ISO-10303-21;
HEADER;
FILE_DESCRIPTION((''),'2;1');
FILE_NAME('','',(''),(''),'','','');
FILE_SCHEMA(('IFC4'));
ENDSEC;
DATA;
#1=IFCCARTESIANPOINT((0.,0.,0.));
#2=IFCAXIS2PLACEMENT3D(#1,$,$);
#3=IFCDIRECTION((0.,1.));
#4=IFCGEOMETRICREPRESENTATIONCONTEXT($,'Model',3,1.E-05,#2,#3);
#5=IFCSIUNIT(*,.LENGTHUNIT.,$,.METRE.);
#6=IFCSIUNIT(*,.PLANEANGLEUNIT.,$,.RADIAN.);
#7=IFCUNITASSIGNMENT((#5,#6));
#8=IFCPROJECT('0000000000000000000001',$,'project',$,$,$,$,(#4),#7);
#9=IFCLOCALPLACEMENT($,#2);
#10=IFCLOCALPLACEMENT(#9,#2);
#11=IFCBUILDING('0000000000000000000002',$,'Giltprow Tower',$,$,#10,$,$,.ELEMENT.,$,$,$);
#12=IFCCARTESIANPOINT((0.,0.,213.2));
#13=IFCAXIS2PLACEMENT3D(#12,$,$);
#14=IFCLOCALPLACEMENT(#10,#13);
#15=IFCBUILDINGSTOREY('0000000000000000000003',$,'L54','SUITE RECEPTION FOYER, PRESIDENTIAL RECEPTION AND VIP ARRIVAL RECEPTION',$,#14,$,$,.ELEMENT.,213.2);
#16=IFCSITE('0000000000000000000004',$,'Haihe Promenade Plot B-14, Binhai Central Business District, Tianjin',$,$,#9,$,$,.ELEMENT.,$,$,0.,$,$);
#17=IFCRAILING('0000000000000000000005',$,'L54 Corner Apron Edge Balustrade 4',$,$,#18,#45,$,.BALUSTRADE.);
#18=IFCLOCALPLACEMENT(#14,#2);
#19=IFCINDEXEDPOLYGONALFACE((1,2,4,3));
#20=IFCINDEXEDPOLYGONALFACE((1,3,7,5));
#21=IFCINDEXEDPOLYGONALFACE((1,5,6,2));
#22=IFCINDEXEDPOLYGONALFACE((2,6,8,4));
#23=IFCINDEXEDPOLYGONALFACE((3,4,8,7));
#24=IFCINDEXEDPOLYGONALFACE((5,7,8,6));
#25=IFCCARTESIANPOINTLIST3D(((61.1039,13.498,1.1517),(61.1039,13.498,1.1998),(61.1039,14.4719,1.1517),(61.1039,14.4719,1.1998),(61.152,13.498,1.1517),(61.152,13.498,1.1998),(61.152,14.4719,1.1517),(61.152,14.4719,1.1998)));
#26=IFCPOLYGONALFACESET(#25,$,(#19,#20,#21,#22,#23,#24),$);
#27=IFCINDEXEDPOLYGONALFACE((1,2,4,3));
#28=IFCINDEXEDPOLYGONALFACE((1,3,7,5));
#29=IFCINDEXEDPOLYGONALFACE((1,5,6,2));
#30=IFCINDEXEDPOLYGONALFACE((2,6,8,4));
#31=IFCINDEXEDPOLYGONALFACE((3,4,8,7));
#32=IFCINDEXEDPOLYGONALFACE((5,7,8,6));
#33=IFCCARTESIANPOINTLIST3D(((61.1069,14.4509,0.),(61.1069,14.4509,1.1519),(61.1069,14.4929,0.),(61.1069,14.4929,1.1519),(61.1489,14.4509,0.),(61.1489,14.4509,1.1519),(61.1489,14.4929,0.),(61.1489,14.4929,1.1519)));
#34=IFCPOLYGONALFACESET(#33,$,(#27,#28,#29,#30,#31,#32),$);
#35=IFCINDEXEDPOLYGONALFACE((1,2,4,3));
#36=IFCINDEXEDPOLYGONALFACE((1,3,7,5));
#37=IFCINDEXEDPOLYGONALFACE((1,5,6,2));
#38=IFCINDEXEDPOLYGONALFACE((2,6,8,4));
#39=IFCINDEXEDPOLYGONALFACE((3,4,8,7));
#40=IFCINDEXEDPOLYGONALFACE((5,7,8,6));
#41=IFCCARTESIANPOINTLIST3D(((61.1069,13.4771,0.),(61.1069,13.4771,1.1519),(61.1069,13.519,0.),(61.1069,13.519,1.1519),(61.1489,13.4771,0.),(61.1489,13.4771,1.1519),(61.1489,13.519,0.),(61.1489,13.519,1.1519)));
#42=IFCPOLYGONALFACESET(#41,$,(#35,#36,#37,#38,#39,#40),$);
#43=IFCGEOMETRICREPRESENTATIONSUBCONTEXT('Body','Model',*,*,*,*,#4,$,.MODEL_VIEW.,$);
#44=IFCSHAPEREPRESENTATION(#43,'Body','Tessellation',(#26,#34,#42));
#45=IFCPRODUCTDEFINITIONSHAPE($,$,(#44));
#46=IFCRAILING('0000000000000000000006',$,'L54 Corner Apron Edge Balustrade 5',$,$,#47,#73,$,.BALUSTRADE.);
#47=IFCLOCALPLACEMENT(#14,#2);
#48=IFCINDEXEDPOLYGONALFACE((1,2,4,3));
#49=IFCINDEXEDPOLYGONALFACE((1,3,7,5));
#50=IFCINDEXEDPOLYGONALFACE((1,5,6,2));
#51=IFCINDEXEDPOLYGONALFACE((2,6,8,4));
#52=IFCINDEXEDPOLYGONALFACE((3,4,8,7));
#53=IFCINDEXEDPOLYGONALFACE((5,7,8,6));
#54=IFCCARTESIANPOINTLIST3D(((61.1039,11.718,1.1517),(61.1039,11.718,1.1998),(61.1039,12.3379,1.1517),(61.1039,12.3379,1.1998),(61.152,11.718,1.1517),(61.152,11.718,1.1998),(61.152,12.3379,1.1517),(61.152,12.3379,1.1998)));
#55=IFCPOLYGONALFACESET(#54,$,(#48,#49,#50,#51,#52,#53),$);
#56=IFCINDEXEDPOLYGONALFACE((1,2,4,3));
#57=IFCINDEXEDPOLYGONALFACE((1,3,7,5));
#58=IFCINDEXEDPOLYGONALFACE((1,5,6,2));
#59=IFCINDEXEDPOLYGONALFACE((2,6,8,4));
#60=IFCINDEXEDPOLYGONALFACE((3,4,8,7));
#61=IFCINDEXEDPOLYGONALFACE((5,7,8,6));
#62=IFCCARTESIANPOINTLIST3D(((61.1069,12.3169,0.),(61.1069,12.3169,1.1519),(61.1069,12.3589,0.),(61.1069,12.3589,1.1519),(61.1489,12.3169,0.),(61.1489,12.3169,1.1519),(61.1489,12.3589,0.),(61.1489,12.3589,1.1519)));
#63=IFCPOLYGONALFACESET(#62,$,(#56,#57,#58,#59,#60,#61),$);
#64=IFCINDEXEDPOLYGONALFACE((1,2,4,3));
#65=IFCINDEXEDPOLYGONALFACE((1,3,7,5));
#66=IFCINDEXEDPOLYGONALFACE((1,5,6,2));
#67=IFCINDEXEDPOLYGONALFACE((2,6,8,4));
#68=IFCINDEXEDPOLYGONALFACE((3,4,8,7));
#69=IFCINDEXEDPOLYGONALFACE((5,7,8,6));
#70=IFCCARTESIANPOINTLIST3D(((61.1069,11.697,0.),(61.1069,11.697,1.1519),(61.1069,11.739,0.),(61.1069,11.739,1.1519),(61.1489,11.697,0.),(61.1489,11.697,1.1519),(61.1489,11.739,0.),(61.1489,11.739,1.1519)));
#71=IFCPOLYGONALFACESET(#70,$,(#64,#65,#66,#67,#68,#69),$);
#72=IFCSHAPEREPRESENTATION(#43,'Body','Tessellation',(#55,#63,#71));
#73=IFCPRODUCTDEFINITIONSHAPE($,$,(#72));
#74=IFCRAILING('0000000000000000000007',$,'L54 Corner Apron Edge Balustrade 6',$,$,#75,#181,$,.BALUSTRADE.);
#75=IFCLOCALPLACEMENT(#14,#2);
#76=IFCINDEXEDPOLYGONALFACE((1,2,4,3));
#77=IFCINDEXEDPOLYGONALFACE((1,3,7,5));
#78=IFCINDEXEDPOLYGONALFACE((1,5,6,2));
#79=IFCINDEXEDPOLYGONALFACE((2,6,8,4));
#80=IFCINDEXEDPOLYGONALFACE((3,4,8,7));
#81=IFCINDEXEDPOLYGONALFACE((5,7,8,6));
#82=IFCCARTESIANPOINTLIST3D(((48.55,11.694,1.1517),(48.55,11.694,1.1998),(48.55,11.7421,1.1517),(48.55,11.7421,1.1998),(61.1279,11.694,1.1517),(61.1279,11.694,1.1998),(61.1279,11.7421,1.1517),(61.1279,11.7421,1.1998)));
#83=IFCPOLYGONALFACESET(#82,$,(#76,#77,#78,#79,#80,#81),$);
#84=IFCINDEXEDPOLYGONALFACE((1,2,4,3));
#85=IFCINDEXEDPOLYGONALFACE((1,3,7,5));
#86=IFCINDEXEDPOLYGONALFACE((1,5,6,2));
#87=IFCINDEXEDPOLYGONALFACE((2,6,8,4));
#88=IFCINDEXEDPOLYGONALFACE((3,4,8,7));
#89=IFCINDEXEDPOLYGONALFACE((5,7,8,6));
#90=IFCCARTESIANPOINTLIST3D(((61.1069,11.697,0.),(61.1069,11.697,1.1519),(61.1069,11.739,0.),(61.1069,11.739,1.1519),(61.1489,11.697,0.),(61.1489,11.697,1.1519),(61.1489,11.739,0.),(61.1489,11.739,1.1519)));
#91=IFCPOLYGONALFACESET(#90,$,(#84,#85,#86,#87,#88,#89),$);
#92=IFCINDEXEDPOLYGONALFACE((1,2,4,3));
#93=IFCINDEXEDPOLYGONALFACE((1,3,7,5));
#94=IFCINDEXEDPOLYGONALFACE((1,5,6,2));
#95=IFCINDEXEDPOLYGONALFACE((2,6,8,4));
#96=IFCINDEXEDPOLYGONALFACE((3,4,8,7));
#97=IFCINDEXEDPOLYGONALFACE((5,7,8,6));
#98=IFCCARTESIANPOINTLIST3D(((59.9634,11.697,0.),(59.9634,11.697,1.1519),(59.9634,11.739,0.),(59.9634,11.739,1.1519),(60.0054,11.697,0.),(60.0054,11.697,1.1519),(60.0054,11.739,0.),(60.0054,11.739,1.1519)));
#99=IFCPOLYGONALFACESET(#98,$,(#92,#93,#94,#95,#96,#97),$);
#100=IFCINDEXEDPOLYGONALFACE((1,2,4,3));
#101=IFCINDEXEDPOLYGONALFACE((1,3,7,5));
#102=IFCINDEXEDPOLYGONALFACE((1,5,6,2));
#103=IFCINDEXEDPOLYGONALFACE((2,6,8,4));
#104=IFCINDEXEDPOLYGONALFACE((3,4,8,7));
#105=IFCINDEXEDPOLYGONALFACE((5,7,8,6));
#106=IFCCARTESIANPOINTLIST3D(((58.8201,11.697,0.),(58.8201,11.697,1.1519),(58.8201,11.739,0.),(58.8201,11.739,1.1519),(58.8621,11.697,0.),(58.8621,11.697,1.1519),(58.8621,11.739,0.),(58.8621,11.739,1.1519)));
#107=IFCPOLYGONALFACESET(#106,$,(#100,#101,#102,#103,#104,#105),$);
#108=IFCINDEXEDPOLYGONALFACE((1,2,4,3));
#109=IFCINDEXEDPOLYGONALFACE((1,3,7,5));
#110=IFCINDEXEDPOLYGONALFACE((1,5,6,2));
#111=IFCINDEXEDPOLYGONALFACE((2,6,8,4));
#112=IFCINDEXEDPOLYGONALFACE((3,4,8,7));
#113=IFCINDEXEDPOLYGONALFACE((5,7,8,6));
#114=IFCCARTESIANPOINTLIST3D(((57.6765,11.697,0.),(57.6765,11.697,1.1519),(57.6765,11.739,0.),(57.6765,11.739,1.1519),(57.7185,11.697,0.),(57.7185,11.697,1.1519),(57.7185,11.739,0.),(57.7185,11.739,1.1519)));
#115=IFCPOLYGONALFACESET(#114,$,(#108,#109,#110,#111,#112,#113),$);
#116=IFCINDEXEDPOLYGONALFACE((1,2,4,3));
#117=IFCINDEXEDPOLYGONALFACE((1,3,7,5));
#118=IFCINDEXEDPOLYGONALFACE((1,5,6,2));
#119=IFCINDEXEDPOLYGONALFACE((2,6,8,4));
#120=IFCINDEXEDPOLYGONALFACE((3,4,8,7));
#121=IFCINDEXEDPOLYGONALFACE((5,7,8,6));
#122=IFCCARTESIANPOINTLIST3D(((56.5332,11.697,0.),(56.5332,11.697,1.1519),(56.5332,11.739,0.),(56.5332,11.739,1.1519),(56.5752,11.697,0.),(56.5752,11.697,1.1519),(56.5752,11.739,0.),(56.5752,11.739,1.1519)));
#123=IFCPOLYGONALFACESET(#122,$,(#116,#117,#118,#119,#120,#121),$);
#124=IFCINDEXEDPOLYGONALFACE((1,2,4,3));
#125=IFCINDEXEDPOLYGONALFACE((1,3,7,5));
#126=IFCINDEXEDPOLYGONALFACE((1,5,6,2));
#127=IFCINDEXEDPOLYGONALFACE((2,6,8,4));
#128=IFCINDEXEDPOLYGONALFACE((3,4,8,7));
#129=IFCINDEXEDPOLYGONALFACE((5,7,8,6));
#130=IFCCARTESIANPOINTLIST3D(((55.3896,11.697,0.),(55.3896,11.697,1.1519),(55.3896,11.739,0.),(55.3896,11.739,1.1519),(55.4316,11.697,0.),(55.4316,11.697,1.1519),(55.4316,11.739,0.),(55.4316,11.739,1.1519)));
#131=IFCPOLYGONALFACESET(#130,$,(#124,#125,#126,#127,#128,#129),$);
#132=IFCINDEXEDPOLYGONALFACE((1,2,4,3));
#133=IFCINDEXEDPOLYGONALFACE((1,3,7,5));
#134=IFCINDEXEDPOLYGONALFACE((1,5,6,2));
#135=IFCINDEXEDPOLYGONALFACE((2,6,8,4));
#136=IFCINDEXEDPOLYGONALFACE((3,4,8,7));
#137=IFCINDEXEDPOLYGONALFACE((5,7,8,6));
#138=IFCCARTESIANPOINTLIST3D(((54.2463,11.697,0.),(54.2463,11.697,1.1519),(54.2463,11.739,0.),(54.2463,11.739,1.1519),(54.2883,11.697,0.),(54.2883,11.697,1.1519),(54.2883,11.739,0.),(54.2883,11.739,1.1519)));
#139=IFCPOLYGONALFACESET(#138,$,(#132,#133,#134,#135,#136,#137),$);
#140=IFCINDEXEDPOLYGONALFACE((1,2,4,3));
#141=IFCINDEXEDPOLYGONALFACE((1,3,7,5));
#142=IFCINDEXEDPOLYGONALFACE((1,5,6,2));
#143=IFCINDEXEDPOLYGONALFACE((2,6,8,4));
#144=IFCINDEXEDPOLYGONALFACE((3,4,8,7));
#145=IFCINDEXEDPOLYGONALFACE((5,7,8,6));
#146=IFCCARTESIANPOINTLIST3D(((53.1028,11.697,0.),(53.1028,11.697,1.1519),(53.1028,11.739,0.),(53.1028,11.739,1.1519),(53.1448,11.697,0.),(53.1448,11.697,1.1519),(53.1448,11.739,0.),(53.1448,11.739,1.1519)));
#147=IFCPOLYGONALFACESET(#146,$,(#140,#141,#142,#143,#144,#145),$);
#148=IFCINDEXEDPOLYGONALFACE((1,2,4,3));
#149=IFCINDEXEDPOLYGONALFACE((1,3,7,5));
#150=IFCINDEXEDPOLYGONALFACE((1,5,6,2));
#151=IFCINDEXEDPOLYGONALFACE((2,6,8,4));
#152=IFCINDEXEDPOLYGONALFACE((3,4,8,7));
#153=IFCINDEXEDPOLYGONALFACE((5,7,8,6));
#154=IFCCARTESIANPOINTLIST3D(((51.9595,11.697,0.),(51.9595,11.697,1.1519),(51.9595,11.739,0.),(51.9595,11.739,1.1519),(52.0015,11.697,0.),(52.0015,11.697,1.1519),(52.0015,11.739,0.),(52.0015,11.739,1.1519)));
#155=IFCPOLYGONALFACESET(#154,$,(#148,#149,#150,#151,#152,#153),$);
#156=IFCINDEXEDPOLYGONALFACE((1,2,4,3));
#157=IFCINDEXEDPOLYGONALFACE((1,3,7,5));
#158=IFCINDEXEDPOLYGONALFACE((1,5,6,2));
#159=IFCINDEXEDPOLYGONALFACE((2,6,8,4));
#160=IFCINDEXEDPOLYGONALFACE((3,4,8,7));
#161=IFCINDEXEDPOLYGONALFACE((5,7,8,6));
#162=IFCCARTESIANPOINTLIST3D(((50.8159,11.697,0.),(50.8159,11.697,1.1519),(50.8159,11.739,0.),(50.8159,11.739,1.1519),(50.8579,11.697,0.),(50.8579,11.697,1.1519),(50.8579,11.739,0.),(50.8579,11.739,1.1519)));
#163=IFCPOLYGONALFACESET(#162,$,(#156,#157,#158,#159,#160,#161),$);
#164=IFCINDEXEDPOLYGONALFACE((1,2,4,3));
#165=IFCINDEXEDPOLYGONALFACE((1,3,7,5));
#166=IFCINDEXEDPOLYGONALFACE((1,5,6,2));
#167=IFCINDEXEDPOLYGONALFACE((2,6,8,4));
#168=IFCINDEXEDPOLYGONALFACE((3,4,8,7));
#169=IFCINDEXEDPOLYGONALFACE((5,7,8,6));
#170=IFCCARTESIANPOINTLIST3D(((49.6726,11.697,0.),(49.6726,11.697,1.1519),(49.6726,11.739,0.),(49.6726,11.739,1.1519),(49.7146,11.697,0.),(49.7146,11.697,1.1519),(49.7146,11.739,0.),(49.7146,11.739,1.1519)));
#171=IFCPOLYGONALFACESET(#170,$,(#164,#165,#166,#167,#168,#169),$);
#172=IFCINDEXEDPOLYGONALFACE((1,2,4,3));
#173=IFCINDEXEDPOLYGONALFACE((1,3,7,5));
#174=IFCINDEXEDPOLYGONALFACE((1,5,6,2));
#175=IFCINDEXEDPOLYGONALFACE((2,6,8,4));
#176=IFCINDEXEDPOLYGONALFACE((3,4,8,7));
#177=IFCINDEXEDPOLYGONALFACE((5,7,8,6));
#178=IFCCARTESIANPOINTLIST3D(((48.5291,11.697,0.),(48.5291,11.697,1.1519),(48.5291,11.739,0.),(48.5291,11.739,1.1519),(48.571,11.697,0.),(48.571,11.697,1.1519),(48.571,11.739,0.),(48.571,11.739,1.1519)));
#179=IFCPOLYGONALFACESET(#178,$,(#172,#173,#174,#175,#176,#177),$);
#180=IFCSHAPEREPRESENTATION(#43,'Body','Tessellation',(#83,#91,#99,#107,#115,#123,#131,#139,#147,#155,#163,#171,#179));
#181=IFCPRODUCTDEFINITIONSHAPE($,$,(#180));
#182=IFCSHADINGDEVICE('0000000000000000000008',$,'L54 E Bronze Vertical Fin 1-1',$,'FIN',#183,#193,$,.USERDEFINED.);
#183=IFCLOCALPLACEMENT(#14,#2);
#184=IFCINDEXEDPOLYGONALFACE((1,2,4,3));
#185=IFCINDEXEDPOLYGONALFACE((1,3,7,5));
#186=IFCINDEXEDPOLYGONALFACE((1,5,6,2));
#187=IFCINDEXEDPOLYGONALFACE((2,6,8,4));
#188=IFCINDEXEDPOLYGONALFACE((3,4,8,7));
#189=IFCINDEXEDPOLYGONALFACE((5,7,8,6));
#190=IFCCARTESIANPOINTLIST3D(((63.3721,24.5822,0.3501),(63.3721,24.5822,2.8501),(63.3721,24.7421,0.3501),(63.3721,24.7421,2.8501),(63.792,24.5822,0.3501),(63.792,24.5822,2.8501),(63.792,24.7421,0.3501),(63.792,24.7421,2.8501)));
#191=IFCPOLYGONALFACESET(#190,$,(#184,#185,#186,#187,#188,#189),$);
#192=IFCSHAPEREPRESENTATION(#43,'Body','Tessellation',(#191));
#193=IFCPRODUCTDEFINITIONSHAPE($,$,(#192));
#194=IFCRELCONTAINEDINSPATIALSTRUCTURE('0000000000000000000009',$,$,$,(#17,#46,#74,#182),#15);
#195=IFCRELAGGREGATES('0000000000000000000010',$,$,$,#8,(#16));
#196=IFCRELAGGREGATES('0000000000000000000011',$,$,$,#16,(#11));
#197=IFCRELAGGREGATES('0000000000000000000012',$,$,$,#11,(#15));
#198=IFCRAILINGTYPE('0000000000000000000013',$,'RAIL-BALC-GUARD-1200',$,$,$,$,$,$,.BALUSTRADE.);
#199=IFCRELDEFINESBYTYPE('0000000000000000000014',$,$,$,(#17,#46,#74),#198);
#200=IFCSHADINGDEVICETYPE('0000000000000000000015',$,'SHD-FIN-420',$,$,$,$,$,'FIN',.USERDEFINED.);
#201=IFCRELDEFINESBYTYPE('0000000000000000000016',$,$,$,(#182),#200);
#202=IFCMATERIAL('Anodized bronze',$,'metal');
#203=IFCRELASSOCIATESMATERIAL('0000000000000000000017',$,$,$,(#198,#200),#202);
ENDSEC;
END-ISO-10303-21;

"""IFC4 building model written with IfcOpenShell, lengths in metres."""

from ifc_helpers import new_model, si_unit, direction, frame, origin, origin_2d, place, context, subcontext, project, spatial, rectangle, extrude, source, transform, mapped, material, type_object, element, save


model = new_model("IFC4")

# Units and contexts
model_context = context("Model", 3, precision=1e-05, world=origin(), true_north=direction((0.0, 1.0)))
body_context = subcontext(model_context, "Body", "Model", "MODEL_VIEW")
ifc_project = project(units=[si_unit("LENGTHUNIT", "METRE"), si_unit("PLANEANGLEUNIT", "RADIAN")], contexts=[model_context])

# Site, building, storey
site_placement = place(None, origin())
site = spatial("IfcSite", under=ifc_project, at=site_placement, Name="Haihe Promenade Plot B-14, Binhai Central Business District, Tianjin", CompositionType="ELEMENT", RefElevation=0.0)
building_placement = place(site_placement, origin())
building = spatial("IfcBuilding", under=site, at=building_placement, Name="Giltprow Tower", CompositionType="ELEMENT")
storey_placement = place(building_placement, frame((0.0, 0.0, 213.2)))
storey = spatial("IfcBuildingStorey", under=building, at=storey_placement, Name="L54", Description="SUITE RECEPTION FOYER, PRESIDENTIAL RECEPTION AND VIP ARRIVAL RECEPTION", CompositionType="ELEMENT", Elevation=213.2)

# Shared definitions
ifc_material_1 = material(Name="Anodized bronze", Category="metal")

# Railings
railing_type = type_object("IfcRailingType", Name="RAIL-BALC-GUARD-1200", PredefinedType="BALUSTRADE", material=ifc_material_1)
railing_1_placement = place(storey_placement, frame((61.1279, 14.4719, 0.0)))
element("IfcRailing", 1, at=railing_1_placement, inside=storey, type_object=railing_type, Name="L54 Corner Apron Edge Balustrade 4", PredefinedType="BALUSTRADE", context=body_context, shape_type="SweptSolid", body=[
    extrude(rectangle(XDim=0.0481, YDim=0.0481, at=origin_2d()), frame((0.0, 0.0, 1.1758), z_axis=(0.0, -1.0, 0.0), x_axis=(1.0, 0.0, 0.0)), (0.0, 0.0, 1.0), 0.9739),
    extrude(rectangle(XDim=0.042, YDim=0.042, at=origin_2d()), origin(), (0.0, 0.0, 1.0), 1.1519),
    extrude(rectangle(XDim=0.042, YDim=0.042, at=origin_2d()), frame((0.0, -0.9739, 0.0)), (0.0, 0.0, 1.0), 1.1519),
])
railing_2_placement = place(storey_placement, frame((61.1279, 12.3379, 0.0)))
element("IfcRailing", 2, at=railing_2_placement, inside=storey, type_object=railing_type, Name="L54 Corner Apron Edge Balustrade 5", PredefinedType="BALUSTRADE", context=body_context, shape_type="SweptSolid", body=[
    extrude(rectangle(XDim=0.0481, YDim=0.0481, at=origin_2d()), frame((0.0, 0.0, 1.1758), z_axis=(0.0, -1.0, 0.0), x_axis=(1.0, 0.0, 0.0)), (0.0, 0.0, 1.0), 0.6199),
    extrude(rectangle(XDim=0.042, YDim=0.042, at=origin_2d()), origin(), (0.0, 0.0, 1.0), 1.1519),
    extrude(rectangle(XDim=0.042, YDim=0.042, at=origin_2d()), frame((0.0, -0.6199, 0.0)), (0.0, 0.0, 1.0), 1.1519),
])
railing_3_placement = place(storey_placement, frame((61.1279, 11.718, 0.0)))
element("IfcRailing", 3, at=railing_3_placement, inside=storey, type_object=railing_type, Name="L54 Corner Apron Edge Balustrade 6", PredefinedType="BALUSTRADE", context=body_context, shape_type="SweptSolid", body=[
    extrude(rectangle(XDim=0.0481, YDim=0.0481, at=origin_2d()), frame((0.0, 0.0, 1.1758), z_axis=(-1.0, 0.0, 0.0), x_axis=(0.0, -1.0, 0.0)), (0.0, 0.0, 1.0), 12.5779),
    extrude(rectangle(XDim=0.042, YDim=0.042, at=origin_2d()), origin(), (0.0, 0.0, 1.0), 1.1519),
    extrude(rectangle(XDim=0.042, YDim=0.042, at=origin_2d()), frame((-1.1436, 0.0, 0.0)), (0.0, 0.0, 1.0), 1.1519),
    extrude(rectangle(XDim=0.042, YDim=0.042, at=origin_2d()), frame((-2.2869, 0.0, 0.0)), (0.0, 0.0, 1.0), 1.1519),
    extrude(rectangle(XDim=0.042, YDim=0.042, at=origin_2d()), frame((-3.4304, 0.0, 0.0)), (0.0, 0.0, 1.0), 1.1519),
    extrude(rectangle(XDim=0.042, YDim=0.042, at=origin_2d()), frame((-4.5737, 0.0, 0.0)), (0.0, 0.0, 1.0), 1.1519),
    extrude(rectangle(XDim=0.042, YDim=0.042, at=origin_2d()), frame((-5.7173, 0.0, 0.0)), (0.0, 0.0, 1.0), 1.1519),
    extrude(rectangle(XDim=0.042, YDim=0.042, at=origin_2d()), frame((-6.8606, 0.0, 0.0)), (0.0, 0.0, 1.0), 1.1519),
    extrude(rectangle(XDim=0.042, YDim=0.042, at=origin_2d()), frame((-8.0042, 0.0, 0.0)), (0.0, 0.0, 1.0), 1.1519),
    extrude(rectangle(XDim=0.042, YDim=0.042, at=origin_2d()), frame((-9.1475, 0.0, 0.0)), (0.0, 0.0, 1.0), 1.1519),
    extrude(rectangle(XDim=0.042, YDim=0.042, at=origin_2d()), frame((-10.291, 0.0, 0.0)), (0.0, 0.0, 1.0), 1.1519),
    extrude(rectangle(XDim=0.042, YDim=0.042, at=origin_2d()), frame((-11.4343, 0.0, 0.0)), (0.0, 0.0, 1.0), 1.1519),
    extrude(rectangle(XDim=0.042, YDim=0.042, at=origin_2d()), frame((-12.5779, 0.0, 0.0)), (0.0, 0.0, 1.0), 1.1519),
])

# Shading device
shading_device_type = type_object("IfcShadingDeviceType", Name="SHD-FIN-420", ElementType="FIN", PredefinedType="USERDEFINED", material=ifc_material_1)
shared_shape_1 = source(origin(), body_context, "Body", "SweptSolid", [
    extrude(rectangle(XDim=0.4199, YDim=0.1599, at=origin_2d()), origin(), (0.0, 0.0, 1.0), 2.5),
])
shading_device_placement = place(storey_placement, frame((63.582, 24.6621, 0.3501), z_axis=(0.0, 0.0, 1.0), x_axis=(1.0, 0.0, 0.0)))
element("IfcShadingDevice", 4, at=shading_device_placement, inside=storey, type_object=shading_device_type, Name="L54 E Bronze Vertical Fin 1-1", ObjectType="FIN", PredefinedType="USERDEFINED", context=body_context, shape_type="MappedRepresentation", body=[
    mapped(shared_shape_1, transform((0.0, 0.0, 0.0), x_axis=(1.0, 0.0, 0.0), y_axis=(0.0, 1.0, 0.0), z_axis=(0.0, 0.0, 1.0), scale=1.0)),
])

save(model, "model.ifc")
